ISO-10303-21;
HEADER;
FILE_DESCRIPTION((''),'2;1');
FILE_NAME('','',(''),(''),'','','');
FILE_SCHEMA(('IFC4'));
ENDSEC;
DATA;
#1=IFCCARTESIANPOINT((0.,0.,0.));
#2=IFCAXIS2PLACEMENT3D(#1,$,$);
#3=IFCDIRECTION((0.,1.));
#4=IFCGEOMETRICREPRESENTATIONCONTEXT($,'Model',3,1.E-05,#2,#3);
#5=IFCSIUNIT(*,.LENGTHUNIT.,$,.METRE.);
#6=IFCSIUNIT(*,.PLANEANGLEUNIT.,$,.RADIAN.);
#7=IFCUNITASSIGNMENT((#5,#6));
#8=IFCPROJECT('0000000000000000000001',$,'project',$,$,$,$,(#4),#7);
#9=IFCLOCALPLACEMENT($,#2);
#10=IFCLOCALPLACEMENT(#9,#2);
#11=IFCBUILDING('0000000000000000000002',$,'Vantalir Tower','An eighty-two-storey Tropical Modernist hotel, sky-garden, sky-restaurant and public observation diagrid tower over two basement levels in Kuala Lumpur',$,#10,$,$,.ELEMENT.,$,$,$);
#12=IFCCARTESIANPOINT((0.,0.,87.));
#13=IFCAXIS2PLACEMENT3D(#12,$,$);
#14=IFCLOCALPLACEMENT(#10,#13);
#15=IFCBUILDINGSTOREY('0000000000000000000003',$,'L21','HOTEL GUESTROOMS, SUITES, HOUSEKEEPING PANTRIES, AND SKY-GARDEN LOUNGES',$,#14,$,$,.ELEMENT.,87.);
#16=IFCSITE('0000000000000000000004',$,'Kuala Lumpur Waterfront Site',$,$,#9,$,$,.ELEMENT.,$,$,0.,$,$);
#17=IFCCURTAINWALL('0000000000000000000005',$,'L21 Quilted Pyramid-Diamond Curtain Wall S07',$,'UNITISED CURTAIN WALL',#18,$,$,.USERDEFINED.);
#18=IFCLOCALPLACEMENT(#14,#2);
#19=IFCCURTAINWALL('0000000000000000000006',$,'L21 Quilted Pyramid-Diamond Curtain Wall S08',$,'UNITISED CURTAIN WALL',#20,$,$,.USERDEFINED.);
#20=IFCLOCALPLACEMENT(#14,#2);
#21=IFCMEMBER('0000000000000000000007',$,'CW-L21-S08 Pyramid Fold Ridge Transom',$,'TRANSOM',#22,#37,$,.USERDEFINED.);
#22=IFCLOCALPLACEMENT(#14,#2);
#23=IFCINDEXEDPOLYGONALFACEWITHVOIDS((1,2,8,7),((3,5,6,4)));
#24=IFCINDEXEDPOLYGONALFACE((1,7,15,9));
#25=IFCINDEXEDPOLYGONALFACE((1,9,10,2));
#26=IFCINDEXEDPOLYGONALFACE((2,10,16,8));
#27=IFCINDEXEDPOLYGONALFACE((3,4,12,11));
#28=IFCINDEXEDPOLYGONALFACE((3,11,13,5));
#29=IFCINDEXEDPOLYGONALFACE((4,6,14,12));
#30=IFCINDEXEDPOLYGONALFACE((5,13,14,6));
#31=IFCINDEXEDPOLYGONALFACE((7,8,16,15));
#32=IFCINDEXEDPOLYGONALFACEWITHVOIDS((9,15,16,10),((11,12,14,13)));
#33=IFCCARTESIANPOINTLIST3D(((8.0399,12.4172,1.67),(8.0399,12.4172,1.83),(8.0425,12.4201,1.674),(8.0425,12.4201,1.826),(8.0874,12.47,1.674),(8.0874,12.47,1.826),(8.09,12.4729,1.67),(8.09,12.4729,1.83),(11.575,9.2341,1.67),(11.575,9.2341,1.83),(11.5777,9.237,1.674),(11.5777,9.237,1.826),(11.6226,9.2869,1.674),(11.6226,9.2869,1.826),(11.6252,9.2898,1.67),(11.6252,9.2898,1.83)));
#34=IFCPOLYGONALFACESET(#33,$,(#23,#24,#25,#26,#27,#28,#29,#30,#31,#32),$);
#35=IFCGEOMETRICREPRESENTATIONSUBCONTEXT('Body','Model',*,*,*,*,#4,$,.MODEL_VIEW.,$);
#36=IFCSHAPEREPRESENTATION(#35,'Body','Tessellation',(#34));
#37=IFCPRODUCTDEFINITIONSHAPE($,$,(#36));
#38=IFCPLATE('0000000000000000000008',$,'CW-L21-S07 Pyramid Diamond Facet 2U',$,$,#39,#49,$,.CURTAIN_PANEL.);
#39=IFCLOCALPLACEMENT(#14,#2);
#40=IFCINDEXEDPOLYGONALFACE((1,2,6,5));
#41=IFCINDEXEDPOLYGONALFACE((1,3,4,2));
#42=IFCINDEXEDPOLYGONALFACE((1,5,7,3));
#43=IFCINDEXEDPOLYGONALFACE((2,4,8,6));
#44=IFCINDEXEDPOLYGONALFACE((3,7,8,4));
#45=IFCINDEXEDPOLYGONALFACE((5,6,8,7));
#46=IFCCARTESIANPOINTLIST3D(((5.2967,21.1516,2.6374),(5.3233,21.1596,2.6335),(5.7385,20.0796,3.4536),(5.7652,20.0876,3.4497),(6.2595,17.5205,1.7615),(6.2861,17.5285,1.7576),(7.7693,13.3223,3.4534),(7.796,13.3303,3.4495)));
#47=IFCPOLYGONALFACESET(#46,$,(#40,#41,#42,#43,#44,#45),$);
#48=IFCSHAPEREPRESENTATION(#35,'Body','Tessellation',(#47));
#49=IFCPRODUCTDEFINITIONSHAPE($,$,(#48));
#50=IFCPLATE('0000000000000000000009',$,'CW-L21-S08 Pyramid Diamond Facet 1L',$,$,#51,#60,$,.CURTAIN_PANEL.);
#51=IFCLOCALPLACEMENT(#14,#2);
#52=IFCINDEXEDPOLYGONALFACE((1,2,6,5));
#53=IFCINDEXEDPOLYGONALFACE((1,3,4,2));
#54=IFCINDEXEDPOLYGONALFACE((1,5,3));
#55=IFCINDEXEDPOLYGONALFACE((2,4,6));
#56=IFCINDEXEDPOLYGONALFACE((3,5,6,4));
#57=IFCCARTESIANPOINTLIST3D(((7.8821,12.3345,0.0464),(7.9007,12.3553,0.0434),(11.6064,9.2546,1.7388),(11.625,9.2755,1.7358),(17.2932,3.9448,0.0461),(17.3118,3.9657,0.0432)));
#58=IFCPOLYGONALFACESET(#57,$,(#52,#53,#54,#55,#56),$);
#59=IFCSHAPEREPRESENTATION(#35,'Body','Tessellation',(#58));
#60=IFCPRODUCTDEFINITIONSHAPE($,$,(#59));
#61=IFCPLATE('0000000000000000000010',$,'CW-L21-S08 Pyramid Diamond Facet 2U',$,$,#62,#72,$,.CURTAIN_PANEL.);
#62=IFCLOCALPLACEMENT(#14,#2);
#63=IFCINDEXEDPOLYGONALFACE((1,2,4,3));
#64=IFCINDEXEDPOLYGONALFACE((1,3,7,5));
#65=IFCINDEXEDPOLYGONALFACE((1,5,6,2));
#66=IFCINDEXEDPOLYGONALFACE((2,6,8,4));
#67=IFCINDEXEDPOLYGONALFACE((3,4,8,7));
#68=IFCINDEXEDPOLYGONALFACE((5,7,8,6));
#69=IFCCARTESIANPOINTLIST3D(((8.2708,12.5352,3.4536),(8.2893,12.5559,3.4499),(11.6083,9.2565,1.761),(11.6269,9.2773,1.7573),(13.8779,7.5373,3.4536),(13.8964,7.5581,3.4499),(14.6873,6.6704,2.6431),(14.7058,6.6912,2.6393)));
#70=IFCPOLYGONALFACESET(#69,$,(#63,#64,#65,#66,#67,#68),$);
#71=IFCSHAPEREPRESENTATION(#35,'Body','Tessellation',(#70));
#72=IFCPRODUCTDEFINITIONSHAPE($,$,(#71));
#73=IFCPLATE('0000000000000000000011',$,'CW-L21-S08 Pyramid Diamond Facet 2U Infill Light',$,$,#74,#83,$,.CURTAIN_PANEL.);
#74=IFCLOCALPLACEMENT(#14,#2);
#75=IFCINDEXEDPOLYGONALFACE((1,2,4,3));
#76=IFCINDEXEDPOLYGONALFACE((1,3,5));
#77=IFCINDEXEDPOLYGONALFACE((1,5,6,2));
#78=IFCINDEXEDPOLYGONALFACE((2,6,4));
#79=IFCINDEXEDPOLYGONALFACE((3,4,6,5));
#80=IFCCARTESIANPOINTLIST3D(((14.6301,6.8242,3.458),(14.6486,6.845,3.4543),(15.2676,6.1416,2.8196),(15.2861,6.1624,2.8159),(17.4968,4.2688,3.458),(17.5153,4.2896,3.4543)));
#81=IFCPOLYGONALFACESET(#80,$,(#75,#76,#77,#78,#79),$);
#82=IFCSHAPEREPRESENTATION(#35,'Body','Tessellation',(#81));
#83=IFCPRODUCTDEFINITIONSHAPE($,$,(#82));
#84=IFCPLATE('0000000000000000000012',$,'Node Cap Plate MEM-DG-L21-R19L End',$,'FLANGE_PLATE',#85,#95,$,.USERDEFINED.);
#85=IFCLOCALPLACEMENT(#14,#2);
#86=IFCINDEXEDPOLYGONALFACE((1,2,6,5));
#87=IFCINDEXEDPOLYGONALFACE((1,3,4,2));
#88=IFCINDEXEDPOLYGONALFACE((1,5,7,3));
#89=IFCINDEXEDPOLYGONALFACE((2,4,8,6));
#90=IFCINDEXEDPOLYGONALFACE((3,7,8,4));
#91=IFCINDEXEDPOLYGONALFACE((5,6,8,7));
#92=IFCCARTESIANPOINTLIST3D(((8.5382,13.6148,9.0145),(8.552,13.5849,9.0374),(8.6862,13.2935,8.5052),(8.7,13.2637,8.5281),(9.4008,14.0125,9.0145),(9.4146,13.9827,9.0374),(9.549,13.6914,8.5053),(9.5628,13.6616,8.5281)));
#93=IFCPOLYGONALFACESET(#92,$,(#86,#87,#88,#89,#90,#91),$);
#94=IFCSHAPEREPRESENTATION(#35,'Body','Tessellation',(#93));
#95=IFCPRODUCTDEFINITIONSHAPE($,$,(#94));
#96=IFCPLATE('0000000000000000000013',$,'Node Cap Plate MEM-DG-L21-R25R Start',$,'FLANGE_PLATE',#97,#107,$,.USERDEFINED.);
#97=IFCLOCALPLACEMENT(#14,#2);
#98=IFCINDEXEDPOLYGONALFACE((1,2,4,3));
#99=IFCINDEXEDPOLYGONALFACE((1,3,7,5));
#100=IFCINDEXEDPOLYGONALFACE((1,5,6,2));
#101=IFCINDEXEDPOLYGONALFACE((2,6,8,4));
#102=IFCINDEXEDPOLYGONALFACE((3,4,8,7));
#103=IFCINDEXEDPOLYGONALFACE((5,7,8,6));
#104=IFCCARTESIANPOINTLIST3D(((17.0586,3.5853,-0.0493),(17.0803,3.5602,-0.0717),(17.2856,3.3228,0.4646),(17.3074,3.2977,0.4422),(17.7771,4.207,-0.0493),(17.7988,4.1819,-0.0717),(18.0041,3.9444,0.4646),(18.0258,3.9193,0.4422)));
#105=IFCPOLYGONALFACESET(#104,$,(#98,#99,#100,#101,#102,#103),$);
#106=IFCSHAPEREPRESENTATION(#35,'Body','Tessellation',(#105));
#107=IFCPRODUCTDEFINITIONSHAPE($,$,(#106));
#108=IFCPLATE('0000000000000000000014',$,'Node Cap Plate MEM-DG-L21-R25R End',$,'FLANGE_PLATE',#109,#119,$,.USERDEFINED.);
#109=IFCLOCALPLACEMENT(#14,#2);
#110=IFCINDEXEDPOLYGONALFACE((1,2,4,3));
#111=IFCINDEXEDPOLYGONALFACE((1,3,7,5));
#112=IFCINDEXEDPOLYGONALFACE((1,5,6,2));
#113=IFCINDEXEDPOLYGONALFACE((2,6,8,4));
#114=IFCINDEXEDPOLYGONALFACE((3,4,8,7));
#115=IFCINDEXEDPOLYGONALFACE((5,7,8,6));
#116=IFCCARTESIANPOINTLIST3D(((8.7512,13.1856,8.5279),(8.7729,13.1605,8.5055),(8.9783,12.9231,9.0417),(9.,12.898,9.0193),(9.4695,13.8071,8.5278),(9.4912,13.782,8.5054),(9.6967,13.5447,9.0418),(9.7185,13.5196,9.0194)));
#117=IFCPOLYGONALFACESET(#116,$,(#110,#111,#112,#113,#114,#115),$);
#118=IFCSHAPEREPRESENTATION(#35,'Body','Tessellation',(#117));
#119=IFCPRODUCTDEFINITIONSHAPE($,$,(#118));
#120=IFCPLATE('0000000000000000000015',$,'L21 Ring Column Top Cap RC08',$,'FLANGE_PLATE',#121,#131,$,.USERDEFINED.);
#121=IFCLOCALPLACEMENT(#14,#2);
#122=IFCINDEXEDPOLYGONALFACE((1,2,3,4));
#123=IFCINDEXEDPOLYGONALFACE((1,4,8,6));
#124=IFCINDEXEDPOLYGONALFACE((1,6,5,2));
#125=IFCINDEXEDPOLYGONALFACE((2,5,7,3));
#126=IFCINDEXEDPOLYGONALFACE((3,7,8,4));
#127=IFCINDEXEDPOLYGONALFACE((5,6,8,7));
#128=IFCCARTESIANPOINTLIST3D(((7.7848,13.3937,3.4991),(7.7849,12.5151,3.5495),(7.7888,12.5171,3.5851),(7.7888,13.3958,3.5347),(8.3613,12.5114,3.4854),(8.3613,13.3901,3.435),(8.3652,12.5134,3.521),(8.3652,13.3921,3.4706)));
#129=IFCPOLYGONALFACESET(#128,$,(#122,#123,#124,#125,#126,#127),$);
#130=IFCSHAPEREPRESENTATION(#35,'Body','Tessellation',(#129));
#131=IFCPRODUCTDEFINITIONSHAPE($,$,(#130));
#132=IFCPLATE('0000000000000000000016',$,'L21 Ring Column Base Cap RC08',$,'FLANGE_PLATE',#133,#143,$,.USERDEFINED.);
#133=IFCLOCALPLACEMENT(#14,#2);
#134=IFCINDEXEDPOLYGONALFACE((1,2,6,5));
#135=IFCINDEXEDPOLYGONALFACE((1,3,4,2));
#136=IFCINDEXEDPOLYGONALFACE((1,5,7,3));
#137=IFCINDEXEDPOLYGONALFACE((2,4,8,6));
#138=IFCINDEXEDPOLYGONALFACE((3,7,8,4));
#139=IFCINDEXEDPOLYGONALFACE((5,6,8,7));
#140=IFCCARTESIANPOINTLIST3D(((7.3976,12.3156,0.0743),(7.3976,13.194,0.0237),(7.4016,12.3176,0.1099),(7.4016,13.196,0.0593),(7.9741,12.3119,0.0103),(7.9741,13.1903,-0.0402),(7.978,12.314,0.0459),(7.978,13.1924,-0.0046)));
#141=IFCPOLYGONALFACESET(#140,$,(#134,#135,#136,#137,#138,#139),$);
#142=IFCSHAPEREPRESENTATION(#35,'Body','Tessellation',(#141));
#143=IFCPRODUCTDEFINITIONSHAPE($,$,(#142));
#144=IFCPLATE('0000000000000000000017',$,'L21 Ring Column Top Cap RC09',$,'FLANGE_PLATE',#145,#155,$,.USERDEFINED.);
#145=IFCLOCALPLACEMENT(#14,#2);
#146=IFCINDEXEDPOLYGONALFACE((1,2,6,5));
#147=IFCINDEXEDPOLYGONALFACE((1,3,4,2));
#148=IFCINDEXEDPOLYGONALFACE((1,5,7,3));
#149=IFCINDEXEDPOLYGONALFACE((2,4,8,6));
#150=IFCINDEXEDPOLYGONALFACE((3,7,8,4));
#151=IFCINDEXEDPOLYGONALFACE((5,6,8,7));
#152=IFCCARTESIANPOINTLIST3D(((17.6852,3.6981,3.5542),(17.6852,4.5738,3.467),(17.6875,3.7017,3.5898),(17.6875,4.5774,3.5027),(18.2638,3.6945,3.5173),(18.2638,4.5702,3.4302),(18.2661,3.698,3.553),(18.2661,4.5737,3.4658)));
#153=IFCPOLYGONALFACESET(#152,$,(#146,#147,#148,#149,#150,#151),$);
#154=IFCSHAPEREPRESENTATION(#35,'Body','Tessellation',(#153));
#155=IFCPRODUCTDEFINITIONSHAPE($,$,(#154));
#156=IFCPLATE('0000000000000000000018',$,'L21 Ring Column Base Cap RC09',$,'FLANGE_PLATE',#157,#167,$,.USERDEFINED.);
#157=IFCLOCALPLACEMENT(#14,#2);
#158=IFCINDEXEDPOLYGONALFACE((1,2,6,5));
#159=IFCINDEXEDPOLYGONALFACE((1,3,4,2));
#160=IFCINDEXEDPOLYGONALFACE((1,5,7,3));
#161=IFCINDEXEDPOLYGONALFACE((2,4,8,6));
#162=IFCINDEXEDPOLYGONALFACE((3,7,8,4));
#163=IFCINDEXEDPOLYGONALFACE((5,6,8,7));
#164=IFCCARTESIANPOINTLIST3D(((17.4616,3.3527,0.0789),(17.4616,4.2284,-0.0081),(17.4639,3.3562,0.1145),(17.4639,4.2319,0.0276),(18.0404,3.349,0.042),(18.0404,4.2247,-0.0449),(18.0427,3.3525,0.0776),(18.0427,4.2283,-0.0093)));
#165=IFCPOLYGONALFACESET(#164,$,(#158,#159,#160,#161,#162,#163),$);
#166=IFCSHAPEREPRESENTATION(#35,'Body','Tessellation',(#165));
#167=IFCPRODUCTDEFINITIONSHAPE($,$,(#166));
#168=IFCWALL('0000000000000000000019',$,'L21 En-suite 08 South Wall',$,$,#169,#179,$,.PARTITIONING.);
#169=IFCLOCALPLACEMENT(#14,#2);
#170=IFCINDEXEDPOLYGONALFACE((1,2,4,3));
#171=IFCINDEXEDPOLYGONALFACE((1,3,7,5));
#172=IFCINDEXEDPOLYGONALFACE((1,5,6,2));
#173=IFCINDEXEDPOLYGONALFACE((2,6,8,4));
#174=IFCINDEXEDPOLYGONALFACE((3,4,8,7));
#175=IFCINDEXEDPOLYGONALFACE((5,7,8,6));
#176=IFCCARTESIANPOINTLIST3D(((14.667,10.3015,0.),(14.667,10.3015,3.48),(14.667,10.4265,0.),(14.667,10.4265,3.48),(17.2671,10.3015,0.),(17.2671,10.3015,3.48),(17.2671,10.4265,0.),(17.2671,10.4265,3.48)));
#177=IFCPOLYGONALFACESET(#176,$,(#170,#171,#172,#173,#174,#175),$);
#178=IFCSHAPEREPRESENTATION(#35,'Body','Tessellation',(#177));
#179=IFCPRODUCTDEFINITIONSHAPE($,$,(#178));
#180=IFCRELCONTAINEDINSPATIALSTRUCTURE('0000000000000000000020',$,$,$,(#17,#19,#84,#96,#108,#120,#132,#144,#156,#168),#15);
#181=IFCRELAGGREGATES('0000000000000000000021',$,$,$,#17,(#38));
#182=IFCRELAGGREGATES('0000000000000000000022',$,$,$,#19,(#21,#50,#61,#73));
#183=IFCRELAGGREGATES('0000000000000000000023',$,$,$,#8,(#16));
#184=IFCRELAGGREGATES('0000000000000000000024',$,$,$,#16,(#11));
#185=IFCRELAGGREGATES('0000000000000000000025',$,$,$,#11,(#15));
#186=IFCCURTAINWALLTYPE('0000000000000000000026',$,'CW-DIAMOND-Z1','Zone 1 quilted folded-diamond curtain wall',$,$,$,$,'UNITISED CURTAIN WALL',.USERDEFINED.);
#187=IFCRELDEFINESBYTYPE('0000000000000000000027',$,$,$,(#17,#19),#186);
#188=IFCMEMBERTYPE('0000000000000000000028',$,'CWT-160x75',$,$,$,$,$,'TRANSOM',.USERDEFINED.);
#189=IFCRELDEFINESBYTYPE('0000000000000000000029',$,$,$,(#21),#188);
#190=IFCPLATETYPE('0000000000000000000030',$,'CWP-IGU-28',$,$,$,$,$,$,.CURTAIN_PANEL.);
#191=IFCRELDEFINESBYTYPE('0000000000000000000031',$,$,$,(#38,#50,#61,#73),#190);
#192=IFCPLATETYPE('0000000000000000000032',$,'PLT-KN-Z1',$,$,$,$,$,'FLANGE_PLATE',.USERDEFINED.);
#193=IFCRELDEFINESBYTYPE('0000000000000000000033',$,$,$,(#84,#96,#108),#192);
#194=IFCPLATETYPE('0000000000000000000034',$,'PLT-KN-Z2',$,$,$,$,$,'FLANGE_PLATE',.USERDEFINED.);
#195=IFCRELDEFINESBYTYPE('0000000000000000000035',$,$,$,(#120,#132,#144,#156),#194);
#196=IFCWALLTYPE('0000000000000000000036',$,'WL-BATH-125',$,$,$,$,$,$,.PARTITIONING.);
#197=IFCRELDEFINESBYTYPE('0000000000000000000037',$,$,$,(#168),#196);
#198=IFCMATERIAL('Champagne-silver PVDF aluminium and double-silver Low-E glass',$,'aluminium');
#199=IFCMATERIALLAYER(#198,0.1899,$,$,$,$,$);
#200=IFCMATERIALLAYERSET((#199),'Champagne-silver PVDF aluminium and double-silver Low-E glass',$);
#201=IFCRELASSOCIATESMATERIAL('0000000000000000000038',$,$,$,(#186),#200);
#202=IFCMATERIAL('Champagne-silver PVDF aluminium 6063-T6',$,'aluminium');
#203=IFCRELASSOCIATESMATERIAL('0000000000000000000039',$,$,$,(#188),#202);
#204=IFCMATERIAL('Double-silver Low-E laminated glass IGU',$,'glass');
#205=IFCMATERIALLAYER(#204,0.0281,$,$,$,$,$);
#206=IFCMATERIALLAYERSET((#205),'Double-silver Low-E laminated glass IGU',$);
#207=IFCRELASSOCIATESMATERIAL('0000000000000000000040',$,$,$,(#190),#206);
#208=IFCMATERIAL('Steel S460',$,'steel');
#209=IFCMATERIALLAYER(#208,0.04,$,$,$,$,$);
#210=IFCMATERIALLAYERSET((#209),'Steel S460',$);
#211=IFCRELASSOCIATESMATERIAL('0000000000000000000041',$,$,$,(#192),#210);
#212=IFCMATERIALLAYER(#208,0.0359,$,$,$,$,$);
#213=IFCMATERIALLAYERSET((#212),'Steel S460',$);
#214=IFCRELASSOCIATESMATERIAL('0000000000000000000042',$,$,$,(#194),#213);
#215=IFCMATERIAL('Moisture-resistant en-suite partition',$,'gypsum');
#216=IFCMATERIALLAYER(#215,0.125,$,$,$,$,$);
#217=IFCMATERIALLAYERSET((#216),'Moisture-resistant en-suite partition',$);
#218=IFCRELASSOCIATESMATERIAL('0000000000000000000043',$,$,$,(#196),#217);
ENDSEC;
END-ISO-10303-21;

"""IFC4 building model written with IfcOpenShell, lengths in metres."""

from ifc_helpers import new_model, si_unit, direction, frame, frame_2d, origin, origin_2d, place, context, subcontext, project, spatial, polyline, rectangle, hollow_rectangle, outline, extrude, material, layer, layer_set, material_profile, profile_set, type_object, element, aggregate, save


model = new_model("IFC4")

# Units and contexts
model_context = context("Model", 3, precision=1e-05, world=origin(), true_north=direction((0.0, 1.0)))
body_context = subcontext(model_context, "Body", "Model", "MODEL_VIEW")
ifc_project = project(units=[si_unit("LENGTHUNIT", "METRE"), si_unit("PLANEANGLEUNIT", "RADIAN")], contexts=[model_context])

# Site, building, storey
site_placement = place(None, origin())
site = spatial("IfcSite", under=ifc_project, at=site_placement, Name="Kuala Lumpur Waterfront Site", CompositionType="ELEMENT", RefElevation=0.0)
building_placement = place(site_placement, origin())
building = spatial("IfcBuilding", under=site, at=building_placement, Name="Vantalir Tower", Description="An eighty-two-storey Tropical Modernist hotel, sky-garden, sky-restaurant and public observation diagrid tower over two basement levels in Kuala Lumpur", CompositionType="ELEMENT")
storey_placement = place(building_placement, frame((0.0, 0.0, 87.0)))
storey = spatial("IfcBuildingStorey", under=building, at=storey_placement, Name="L21", Description="HOTEL GUESTROOMS, SUITES, HOUSEKEEPING PANTRIES, AND SKY-GARDEN LOUNGES", CompositionType="ELEMENT", Elevation=87.0)

# Shared definitions
ifc_material_1 = material(Name="Steel S460", Category="steel")

# Curtain wall
ifc_material_2 = material(Name="Champagne-silver PVDF aluminium and double-silver Low-E glass", Category="aluminium")
ifc_layer_1 = layer(ifc_material_2, 0.1899)
ifc_layer_set_1 = layer_set([ifc_layer_1], Name="Champagne-silver PVDF aluminium and double-silver Low-E glass")
curtain_wall_type = type_object("IfcCurtainWallType", Name="CW-DIAMOND-Z1", Description="Zone 1 quilted folded-diamond curtain wall", ElementType="UNITISED CURTAIN WALL", PredefinedType="USERDEFINED", material=ifc_layer_set_1)
curtain_wall_1_placement = place(storey_placement, origin())
curtain_wall_1 = element("IfcCurtainWall", 1, at=curtain_wall_1_placement, inside=storey, type_object=curtain_wall_type, Name="L21 Quilted Pyramid-Diamond Curtain Wall S07", ObjectType="UNITISED CURTAIN WALL", PredefinedType="USERDEFINED")
ifc_material_3 = material(Name="Champagne-silver PVDF aluminium 6063-T6", Category="aluminium")

# Curtain wall, member
curtain_wall_2_placement = place(storey_placement, origin())
curtain_wall_2 = element("IfcCurtainWall", 2, at=curtain_wall_2_placement, inside=storey, type_object=curtain_wall_type, Name="L21 Quilted Pyramid-Diamond Curtain Wall S08", ObjectType="UNITISED CURTAIN WALL", PredefinedType="USERDEFINED")
ifc_material_profile_1 = material_profile(ifc_material_3, hollow_rectangle(XDim=0.075, YDim=0.1599, WallThickness=0.0039, at=origin_2d()), Name="Champagne-silver PVDF aluminium 6063-T6")
ifc_profile_set_1 = profile_set([ifc_material_profile_1], Name="Champagne-silver PVDF aluminium 6063-T6")
member_type_1 = type_object("IfcMemberType", Name="CWT-160x75", ElementType="TRANSOM", PredefinedType="USERDEFINED", material=ifc_profile_set_1)
member_1_placement = place(storey_placement, frame((8.0649, 12.4451, 1.75), z_axis=(0.743141, -0.669135, 0.0), x_axis=(0.669135, 0.743141, 0.0)))
member_1 = element("IfcMember", 3, at=member_1_placement, type_object=member_type_1, Name="CW-L21-S08 Pyramid Fold Ridge Transom", ObjectType="TRANSOM", PredefinedType="USERDEFINED", context=body_context, shape_type="SweptSolid", body=[
    extrude(hollow_rectangle(XDim=0.075, YDim=0.1599, WallThickness=0.0039, at=origin_2d()), origin(), (0.0, 0.0, 1.0), 4.7571),
])

# Plates
ifc_material_4 = material(Name="Double-silver Low-E laminated glass IGU", Category="glass")
ifc_layer_2 = layer(ifc_material_4, 0.0281)
ifc_layer_set_2 = layer_set([ifc_layer_2], Name="Double-silver Low-E laminated glass IGU")
plate_type_1 = type_object("IfcPlateType", Name="CWP-IGU-28", PredefinedType="CURTAIN_PANEL", material=ifc_layer_set_2)
plate_1_placement = place(storey_placement, frame((5.7385, 20.0796, 3.4536), z_axis=(-0.94838, -0.285025, 0.139055), x_axis=(0.287817, -0.957686, -0.000035)))
plate_1 = element("IfcPlate", 4, at=plate_1_placement, type_object=plate_type_1, Name="CW-L21-S07 Pyramid Diamond Facet 2U", PredefinedType="CURTAIN_PANEL", context=body_context, shape_type="SweptSolid", body=[
    extrude(outline(polyline([(0.0, 0.0), (7.0559, 0.0), (2.6008, -1.7086), (-1.1538, -0.8242), (0.0, 0.0)])), origin(), (0.0, 0.0, -1.0), 0.0281),
])
aggregate(curtain_wall_1, [plate_1])
plate_2_placement = place(storey_placement, frame((7.8821, 12.3345, 0.0464), z_axis=(-0.661728, -0.7423, 0.105388), x_axis=(0.746456, -0.665435, -0.000019)))
plate_2 = element("IfcPlate", 5, at=plate_2_placement, type_object=plate_type_1, Name="CW-L21-S08 Pyramid Diamond Facet 1L", PredefinedType="CURTAIN_PANEL", context=body_context, shape_type="SweptSolid", body=[
    extrude(outline(polyline([(0.0, 0.0), (12.6078, 0.0), (4.8295, 1.702), (0.0, 0.0)])), origin(), (0.0, 0.0, -1.0), 0.0281),
])
plate_3_placement = place(storey_placement, frame((8.2708, 12.5352, 3.4536), z_axis=(-0.659498, -0.739891, 0.132753), x_axis=(0.746499, -0.665387, 0.000002)))
plate_3 = element("IfcPlate", 6, at=plate_3_placement, type_object=plate_type_1, Name="CW-L21-S08 Pyramid Diamond Facet 2U", PredefinedType="CURTAIN_PANEL", context=body_context, shape_type="SweptSolid", body=[
    extrude(outline(polyline([(0.0, 0.0), (7.5112, 0.0), (8.6922, -0.8178), (4.6731, -1.7077), (0.0, 0.0)])), origin(), (0.0, 0.0, -1.0), 0.0281),
])
plate_4_placement = place(storey_placement, frame((14.6301, 6.8242, 3.458), z_axis=(-0.659544, -0.739884, 0.132561), x_axis=(0.746472, -0.665417, 0.0)))
plate_4 = element("IfcPlate", 7, at=plate_4_placement, type_object=plate_type_1, Name="CW-L21-S08 Pyramid Diamond Facet 2U Infill Light", PredefinedType="CURTAIN_PANEL", context=body_context, shape_type="SweptSolid", body=[
    extrude(outline(polyline([(0.0, 0.0), (3.8403, 0.0), (0.9301, -0.6441), (0.0, 0.0)])), origin(), (0.0, 0.0, -1.0), 0.0281),
])
aggregate(curtain_wall_2, [member_1, plate_2, plate_3, plate_4])

# Plates
ifc_layer_3 = layer(ifc_material_1, 0.04)
ifc_layer_set_3 = layer_set([ifc_layer_3], Name="Steel S460")
plate_type_2 = type_object("IfcPlateType", Name="PLT-KN-Z1", ElementType="FLANGE_PLATE", PredefinedType="USERDEFINED", material=ifc_layer_set_3)
plate_5_placement = place(storey_placement, frame((8.7, 13.2637, 8.5281), z_axis=(0.34397, -0.745884, 0.570387), x_axis=(0.908082, 0.418792, 0.000029)))
element("IfcPlate", 8, at=plate_5_placement, inside=storey, type_object=plate_type_2, Name="Node Cap Plate MEM-DG-L21-R19L End", ObjectType="FLANGE_PLATE", PredefinedType="USERDEFINED", context=body_context, shape_type="SweptSolid", body=[
    extrude(outline(polyline([(0.0, 0.0), (0.9501, 0.0), (0.95, 0.62), (0.0002, 0.6201), (0.0, 0.0)])), origin(), (0.0, 0.0, -1.0), 0.04),
])
plate_6_placement = place(storey_placement, frame((17.7771, 4.207, -0.0493), z_axis=(-0.542225, 0.626652, 0.559731), x_axis=(-0.75619, -0.654352, 0.000045)))
element("IfcPlate", 9, at=plate_6_placement, inside=storey, type_object=plate_type_2, Name="Node Cap Plate MEM-DG-L21-R25R Start", ObjectType="FLANGE_PLATE", PredefinedType="USERDEFINED", context=body_context, shape_type="SweptSolid", body=[
    extrude(outline(polyline([(0.0, 0.0), (0.9502, 0.0), (0.9503, 0.6201), (0.0002, 0.6202), (0.0, 0.0)])), origin(), (0.0, 0.0, -1.0), 0.04),
])
plate_7_placement = place(storey_placement, frame((9.4695, 13.8071, 8.5278), z_axis=(-0.542223, 0.626666, 0.559717), x_axis=(-0.756202, -0.654339, 0.000039)))
element("IfcPlate", 10, at=plate_7_placement, inside=storey, type_object=plate_type_2, Name="Node Cap Plate MEM-DG-L21-R25R End", ObjectType="FLANGE_PLATE", PredefinedType="USERDEFINED", context=body_context, shape_type="SweptSolid", body=[
    extrude(outline(polyline([(0.0, 0.0), (0.9499, 0.0), (0.9499, 0.6201), (-0.0001, 0.6202), (0.0, 0.0)])), origin(), (0.0, 0.0, -1.0), 0.04),
])
ifc_layer_4 = layer(ifc_material_1, 0.0359)
ifc_layer_set_4 = layer_set([ifc_layer_4], Name="Steel S460")
plate_type_3 = type_object("IfcPlateType", Name="PLT-KN-Z2", ElementType="FLANGE_PLATE", PredefinedType="USERDEFINED", material=ifc_layer_set_4)
plate_8_placement = place(storey_placement, frame((7.7888, 13.3958, 3.5347), z_axis=(0.110679, 0.056931, 0.992224), x_axis=(0.000015, -0.998358, 0.057281)))
element("IfcPlate", 11, at=plate_8_placement, inside=storey, type_object=plate_type_3, Name="L21 Ring Column Top Cap RC08", ObjectType="FLANGE_PLATE", PredefinedType="USERDEFINED", context=body_context, shape_type="SweptSolid", body=[
    extrude(outline(polyline([(0.0, 0.0), (0.8801, 0.0), (0.8801, 0.58), (0.0, 0.58), (0.0, 0.0)])), origin(), (0.0, 0.0, -1.0), 0.0359),
])
plate_9_placement = place(storey_placement, frame((7.4016, 13.196, 0.0593), z_axis=(0.110471, 0.057085, 0.992239), x_axis=(0.0, -0.998349, 0.057437)))
element("IfcPlate", 12, at=plate_9_placement, inside=storey, type_object=plate_type_3, Name="L21 Ring Column Base Cap RC08", ObjectType="FLANGE_PLATE", PredefinedType="USERDEFINED", context=body_context, shape_type="SweptSolid", body=[
    extrude(outline(polyline([(0.0, 0.0), (0.8799, 0.0), (0.8799, 0.58), (0.0, 0.58), (0.0, 0.0)])), origin(), (0.0, 0.0, -1.0), 0.0359),
])
plate_10_placement = place(storey_placement, frame((17.6875, 4.5774, 3.5027), z_axis=(0.063896, 0.098834, 0.99305), x_axis=(0.0, -0.995084, 0.099037)))
element("IfcPlate", 13, at=plate_10_placement, inside=storey, type_object=plate_type_3, Name="L21 Ring Column Top Cap RC09", ObjectType="FLANGE_PLATE", PredefinedType="USERDEFINED", context=body_context, shape_type="SweptSolid", body=[
    extrude(outline(polyline([(0.0, 0.0), (0.8801, 0.0), (0.8801, 0.5798), (0.0, 0.5798), (0.0, 0.0)])), origin(), (0.0, 0.0, -1.0), 0.0359),
])
plate_11_placement = place(storey_placement, frame((17.4639, 4.2319, 0.0276), z_axis=(0.063869, 0.09856, 0.993079), x_axis=(0.0, -0.995111, 0.098762)))
element("IfcPlate", 14, at=plate_11_placement, inside=storey, type_object=plate_type_3, Name="L21 Ring Column Base Cap RC09", ObjectType="FLANGE_PLATE", PredefinedType="USERDEFINED", context=body_context, shape_type="SweptSolid", body=[
    extrude(outline(polyline([(0.0, 0.0), (0.88, 0.0), (0.88, 0.58), (0.0, 0.58), (0.0, 0.0)])), origin(), (0.0, 0.0, -1.0), 0.0359),
])

# Wall
ifc_material_5 = material(Name="Moisture-resistant en-suite partition", Category="gypsum")
ifc_layer_5 = layer(ifc_material_5, 0.125)
ifc_layer_set_5 = layer_set([ifc_layer_5], Name="Moisture-resistant en-suite partition")
wall_type = type_object("IfcWallType", Name="WL-BATH-125", PredefinedType="PARTITIONING", material=ifc_layer_set_5)
for number, where, z_axis, x_axis, name in (
    (15, (14.667, 10.364, 0.0), (0.0, 0.0, 1.0), (1.0, 0.0, 0.0), "L21 En-suite 08 South Wall"),
):
    element("IfcWall", number, at=place(storey_placement, frame(where, z_axis=z_axis, x_axis=x_axis)), inside=storey, type_object=wall_type, Name=name, PredefinedType="PARTITIONING", context=body_context, shape_type="SweptSolid", body=[
        extrude(rectangle(XDim=2.6001, YDim=0.125, at=frame_2d((1.3, 0.0))), origin(), (0.0, 0.0, 1.0), 3.48),
    ])

save(model, "model.ifc")
